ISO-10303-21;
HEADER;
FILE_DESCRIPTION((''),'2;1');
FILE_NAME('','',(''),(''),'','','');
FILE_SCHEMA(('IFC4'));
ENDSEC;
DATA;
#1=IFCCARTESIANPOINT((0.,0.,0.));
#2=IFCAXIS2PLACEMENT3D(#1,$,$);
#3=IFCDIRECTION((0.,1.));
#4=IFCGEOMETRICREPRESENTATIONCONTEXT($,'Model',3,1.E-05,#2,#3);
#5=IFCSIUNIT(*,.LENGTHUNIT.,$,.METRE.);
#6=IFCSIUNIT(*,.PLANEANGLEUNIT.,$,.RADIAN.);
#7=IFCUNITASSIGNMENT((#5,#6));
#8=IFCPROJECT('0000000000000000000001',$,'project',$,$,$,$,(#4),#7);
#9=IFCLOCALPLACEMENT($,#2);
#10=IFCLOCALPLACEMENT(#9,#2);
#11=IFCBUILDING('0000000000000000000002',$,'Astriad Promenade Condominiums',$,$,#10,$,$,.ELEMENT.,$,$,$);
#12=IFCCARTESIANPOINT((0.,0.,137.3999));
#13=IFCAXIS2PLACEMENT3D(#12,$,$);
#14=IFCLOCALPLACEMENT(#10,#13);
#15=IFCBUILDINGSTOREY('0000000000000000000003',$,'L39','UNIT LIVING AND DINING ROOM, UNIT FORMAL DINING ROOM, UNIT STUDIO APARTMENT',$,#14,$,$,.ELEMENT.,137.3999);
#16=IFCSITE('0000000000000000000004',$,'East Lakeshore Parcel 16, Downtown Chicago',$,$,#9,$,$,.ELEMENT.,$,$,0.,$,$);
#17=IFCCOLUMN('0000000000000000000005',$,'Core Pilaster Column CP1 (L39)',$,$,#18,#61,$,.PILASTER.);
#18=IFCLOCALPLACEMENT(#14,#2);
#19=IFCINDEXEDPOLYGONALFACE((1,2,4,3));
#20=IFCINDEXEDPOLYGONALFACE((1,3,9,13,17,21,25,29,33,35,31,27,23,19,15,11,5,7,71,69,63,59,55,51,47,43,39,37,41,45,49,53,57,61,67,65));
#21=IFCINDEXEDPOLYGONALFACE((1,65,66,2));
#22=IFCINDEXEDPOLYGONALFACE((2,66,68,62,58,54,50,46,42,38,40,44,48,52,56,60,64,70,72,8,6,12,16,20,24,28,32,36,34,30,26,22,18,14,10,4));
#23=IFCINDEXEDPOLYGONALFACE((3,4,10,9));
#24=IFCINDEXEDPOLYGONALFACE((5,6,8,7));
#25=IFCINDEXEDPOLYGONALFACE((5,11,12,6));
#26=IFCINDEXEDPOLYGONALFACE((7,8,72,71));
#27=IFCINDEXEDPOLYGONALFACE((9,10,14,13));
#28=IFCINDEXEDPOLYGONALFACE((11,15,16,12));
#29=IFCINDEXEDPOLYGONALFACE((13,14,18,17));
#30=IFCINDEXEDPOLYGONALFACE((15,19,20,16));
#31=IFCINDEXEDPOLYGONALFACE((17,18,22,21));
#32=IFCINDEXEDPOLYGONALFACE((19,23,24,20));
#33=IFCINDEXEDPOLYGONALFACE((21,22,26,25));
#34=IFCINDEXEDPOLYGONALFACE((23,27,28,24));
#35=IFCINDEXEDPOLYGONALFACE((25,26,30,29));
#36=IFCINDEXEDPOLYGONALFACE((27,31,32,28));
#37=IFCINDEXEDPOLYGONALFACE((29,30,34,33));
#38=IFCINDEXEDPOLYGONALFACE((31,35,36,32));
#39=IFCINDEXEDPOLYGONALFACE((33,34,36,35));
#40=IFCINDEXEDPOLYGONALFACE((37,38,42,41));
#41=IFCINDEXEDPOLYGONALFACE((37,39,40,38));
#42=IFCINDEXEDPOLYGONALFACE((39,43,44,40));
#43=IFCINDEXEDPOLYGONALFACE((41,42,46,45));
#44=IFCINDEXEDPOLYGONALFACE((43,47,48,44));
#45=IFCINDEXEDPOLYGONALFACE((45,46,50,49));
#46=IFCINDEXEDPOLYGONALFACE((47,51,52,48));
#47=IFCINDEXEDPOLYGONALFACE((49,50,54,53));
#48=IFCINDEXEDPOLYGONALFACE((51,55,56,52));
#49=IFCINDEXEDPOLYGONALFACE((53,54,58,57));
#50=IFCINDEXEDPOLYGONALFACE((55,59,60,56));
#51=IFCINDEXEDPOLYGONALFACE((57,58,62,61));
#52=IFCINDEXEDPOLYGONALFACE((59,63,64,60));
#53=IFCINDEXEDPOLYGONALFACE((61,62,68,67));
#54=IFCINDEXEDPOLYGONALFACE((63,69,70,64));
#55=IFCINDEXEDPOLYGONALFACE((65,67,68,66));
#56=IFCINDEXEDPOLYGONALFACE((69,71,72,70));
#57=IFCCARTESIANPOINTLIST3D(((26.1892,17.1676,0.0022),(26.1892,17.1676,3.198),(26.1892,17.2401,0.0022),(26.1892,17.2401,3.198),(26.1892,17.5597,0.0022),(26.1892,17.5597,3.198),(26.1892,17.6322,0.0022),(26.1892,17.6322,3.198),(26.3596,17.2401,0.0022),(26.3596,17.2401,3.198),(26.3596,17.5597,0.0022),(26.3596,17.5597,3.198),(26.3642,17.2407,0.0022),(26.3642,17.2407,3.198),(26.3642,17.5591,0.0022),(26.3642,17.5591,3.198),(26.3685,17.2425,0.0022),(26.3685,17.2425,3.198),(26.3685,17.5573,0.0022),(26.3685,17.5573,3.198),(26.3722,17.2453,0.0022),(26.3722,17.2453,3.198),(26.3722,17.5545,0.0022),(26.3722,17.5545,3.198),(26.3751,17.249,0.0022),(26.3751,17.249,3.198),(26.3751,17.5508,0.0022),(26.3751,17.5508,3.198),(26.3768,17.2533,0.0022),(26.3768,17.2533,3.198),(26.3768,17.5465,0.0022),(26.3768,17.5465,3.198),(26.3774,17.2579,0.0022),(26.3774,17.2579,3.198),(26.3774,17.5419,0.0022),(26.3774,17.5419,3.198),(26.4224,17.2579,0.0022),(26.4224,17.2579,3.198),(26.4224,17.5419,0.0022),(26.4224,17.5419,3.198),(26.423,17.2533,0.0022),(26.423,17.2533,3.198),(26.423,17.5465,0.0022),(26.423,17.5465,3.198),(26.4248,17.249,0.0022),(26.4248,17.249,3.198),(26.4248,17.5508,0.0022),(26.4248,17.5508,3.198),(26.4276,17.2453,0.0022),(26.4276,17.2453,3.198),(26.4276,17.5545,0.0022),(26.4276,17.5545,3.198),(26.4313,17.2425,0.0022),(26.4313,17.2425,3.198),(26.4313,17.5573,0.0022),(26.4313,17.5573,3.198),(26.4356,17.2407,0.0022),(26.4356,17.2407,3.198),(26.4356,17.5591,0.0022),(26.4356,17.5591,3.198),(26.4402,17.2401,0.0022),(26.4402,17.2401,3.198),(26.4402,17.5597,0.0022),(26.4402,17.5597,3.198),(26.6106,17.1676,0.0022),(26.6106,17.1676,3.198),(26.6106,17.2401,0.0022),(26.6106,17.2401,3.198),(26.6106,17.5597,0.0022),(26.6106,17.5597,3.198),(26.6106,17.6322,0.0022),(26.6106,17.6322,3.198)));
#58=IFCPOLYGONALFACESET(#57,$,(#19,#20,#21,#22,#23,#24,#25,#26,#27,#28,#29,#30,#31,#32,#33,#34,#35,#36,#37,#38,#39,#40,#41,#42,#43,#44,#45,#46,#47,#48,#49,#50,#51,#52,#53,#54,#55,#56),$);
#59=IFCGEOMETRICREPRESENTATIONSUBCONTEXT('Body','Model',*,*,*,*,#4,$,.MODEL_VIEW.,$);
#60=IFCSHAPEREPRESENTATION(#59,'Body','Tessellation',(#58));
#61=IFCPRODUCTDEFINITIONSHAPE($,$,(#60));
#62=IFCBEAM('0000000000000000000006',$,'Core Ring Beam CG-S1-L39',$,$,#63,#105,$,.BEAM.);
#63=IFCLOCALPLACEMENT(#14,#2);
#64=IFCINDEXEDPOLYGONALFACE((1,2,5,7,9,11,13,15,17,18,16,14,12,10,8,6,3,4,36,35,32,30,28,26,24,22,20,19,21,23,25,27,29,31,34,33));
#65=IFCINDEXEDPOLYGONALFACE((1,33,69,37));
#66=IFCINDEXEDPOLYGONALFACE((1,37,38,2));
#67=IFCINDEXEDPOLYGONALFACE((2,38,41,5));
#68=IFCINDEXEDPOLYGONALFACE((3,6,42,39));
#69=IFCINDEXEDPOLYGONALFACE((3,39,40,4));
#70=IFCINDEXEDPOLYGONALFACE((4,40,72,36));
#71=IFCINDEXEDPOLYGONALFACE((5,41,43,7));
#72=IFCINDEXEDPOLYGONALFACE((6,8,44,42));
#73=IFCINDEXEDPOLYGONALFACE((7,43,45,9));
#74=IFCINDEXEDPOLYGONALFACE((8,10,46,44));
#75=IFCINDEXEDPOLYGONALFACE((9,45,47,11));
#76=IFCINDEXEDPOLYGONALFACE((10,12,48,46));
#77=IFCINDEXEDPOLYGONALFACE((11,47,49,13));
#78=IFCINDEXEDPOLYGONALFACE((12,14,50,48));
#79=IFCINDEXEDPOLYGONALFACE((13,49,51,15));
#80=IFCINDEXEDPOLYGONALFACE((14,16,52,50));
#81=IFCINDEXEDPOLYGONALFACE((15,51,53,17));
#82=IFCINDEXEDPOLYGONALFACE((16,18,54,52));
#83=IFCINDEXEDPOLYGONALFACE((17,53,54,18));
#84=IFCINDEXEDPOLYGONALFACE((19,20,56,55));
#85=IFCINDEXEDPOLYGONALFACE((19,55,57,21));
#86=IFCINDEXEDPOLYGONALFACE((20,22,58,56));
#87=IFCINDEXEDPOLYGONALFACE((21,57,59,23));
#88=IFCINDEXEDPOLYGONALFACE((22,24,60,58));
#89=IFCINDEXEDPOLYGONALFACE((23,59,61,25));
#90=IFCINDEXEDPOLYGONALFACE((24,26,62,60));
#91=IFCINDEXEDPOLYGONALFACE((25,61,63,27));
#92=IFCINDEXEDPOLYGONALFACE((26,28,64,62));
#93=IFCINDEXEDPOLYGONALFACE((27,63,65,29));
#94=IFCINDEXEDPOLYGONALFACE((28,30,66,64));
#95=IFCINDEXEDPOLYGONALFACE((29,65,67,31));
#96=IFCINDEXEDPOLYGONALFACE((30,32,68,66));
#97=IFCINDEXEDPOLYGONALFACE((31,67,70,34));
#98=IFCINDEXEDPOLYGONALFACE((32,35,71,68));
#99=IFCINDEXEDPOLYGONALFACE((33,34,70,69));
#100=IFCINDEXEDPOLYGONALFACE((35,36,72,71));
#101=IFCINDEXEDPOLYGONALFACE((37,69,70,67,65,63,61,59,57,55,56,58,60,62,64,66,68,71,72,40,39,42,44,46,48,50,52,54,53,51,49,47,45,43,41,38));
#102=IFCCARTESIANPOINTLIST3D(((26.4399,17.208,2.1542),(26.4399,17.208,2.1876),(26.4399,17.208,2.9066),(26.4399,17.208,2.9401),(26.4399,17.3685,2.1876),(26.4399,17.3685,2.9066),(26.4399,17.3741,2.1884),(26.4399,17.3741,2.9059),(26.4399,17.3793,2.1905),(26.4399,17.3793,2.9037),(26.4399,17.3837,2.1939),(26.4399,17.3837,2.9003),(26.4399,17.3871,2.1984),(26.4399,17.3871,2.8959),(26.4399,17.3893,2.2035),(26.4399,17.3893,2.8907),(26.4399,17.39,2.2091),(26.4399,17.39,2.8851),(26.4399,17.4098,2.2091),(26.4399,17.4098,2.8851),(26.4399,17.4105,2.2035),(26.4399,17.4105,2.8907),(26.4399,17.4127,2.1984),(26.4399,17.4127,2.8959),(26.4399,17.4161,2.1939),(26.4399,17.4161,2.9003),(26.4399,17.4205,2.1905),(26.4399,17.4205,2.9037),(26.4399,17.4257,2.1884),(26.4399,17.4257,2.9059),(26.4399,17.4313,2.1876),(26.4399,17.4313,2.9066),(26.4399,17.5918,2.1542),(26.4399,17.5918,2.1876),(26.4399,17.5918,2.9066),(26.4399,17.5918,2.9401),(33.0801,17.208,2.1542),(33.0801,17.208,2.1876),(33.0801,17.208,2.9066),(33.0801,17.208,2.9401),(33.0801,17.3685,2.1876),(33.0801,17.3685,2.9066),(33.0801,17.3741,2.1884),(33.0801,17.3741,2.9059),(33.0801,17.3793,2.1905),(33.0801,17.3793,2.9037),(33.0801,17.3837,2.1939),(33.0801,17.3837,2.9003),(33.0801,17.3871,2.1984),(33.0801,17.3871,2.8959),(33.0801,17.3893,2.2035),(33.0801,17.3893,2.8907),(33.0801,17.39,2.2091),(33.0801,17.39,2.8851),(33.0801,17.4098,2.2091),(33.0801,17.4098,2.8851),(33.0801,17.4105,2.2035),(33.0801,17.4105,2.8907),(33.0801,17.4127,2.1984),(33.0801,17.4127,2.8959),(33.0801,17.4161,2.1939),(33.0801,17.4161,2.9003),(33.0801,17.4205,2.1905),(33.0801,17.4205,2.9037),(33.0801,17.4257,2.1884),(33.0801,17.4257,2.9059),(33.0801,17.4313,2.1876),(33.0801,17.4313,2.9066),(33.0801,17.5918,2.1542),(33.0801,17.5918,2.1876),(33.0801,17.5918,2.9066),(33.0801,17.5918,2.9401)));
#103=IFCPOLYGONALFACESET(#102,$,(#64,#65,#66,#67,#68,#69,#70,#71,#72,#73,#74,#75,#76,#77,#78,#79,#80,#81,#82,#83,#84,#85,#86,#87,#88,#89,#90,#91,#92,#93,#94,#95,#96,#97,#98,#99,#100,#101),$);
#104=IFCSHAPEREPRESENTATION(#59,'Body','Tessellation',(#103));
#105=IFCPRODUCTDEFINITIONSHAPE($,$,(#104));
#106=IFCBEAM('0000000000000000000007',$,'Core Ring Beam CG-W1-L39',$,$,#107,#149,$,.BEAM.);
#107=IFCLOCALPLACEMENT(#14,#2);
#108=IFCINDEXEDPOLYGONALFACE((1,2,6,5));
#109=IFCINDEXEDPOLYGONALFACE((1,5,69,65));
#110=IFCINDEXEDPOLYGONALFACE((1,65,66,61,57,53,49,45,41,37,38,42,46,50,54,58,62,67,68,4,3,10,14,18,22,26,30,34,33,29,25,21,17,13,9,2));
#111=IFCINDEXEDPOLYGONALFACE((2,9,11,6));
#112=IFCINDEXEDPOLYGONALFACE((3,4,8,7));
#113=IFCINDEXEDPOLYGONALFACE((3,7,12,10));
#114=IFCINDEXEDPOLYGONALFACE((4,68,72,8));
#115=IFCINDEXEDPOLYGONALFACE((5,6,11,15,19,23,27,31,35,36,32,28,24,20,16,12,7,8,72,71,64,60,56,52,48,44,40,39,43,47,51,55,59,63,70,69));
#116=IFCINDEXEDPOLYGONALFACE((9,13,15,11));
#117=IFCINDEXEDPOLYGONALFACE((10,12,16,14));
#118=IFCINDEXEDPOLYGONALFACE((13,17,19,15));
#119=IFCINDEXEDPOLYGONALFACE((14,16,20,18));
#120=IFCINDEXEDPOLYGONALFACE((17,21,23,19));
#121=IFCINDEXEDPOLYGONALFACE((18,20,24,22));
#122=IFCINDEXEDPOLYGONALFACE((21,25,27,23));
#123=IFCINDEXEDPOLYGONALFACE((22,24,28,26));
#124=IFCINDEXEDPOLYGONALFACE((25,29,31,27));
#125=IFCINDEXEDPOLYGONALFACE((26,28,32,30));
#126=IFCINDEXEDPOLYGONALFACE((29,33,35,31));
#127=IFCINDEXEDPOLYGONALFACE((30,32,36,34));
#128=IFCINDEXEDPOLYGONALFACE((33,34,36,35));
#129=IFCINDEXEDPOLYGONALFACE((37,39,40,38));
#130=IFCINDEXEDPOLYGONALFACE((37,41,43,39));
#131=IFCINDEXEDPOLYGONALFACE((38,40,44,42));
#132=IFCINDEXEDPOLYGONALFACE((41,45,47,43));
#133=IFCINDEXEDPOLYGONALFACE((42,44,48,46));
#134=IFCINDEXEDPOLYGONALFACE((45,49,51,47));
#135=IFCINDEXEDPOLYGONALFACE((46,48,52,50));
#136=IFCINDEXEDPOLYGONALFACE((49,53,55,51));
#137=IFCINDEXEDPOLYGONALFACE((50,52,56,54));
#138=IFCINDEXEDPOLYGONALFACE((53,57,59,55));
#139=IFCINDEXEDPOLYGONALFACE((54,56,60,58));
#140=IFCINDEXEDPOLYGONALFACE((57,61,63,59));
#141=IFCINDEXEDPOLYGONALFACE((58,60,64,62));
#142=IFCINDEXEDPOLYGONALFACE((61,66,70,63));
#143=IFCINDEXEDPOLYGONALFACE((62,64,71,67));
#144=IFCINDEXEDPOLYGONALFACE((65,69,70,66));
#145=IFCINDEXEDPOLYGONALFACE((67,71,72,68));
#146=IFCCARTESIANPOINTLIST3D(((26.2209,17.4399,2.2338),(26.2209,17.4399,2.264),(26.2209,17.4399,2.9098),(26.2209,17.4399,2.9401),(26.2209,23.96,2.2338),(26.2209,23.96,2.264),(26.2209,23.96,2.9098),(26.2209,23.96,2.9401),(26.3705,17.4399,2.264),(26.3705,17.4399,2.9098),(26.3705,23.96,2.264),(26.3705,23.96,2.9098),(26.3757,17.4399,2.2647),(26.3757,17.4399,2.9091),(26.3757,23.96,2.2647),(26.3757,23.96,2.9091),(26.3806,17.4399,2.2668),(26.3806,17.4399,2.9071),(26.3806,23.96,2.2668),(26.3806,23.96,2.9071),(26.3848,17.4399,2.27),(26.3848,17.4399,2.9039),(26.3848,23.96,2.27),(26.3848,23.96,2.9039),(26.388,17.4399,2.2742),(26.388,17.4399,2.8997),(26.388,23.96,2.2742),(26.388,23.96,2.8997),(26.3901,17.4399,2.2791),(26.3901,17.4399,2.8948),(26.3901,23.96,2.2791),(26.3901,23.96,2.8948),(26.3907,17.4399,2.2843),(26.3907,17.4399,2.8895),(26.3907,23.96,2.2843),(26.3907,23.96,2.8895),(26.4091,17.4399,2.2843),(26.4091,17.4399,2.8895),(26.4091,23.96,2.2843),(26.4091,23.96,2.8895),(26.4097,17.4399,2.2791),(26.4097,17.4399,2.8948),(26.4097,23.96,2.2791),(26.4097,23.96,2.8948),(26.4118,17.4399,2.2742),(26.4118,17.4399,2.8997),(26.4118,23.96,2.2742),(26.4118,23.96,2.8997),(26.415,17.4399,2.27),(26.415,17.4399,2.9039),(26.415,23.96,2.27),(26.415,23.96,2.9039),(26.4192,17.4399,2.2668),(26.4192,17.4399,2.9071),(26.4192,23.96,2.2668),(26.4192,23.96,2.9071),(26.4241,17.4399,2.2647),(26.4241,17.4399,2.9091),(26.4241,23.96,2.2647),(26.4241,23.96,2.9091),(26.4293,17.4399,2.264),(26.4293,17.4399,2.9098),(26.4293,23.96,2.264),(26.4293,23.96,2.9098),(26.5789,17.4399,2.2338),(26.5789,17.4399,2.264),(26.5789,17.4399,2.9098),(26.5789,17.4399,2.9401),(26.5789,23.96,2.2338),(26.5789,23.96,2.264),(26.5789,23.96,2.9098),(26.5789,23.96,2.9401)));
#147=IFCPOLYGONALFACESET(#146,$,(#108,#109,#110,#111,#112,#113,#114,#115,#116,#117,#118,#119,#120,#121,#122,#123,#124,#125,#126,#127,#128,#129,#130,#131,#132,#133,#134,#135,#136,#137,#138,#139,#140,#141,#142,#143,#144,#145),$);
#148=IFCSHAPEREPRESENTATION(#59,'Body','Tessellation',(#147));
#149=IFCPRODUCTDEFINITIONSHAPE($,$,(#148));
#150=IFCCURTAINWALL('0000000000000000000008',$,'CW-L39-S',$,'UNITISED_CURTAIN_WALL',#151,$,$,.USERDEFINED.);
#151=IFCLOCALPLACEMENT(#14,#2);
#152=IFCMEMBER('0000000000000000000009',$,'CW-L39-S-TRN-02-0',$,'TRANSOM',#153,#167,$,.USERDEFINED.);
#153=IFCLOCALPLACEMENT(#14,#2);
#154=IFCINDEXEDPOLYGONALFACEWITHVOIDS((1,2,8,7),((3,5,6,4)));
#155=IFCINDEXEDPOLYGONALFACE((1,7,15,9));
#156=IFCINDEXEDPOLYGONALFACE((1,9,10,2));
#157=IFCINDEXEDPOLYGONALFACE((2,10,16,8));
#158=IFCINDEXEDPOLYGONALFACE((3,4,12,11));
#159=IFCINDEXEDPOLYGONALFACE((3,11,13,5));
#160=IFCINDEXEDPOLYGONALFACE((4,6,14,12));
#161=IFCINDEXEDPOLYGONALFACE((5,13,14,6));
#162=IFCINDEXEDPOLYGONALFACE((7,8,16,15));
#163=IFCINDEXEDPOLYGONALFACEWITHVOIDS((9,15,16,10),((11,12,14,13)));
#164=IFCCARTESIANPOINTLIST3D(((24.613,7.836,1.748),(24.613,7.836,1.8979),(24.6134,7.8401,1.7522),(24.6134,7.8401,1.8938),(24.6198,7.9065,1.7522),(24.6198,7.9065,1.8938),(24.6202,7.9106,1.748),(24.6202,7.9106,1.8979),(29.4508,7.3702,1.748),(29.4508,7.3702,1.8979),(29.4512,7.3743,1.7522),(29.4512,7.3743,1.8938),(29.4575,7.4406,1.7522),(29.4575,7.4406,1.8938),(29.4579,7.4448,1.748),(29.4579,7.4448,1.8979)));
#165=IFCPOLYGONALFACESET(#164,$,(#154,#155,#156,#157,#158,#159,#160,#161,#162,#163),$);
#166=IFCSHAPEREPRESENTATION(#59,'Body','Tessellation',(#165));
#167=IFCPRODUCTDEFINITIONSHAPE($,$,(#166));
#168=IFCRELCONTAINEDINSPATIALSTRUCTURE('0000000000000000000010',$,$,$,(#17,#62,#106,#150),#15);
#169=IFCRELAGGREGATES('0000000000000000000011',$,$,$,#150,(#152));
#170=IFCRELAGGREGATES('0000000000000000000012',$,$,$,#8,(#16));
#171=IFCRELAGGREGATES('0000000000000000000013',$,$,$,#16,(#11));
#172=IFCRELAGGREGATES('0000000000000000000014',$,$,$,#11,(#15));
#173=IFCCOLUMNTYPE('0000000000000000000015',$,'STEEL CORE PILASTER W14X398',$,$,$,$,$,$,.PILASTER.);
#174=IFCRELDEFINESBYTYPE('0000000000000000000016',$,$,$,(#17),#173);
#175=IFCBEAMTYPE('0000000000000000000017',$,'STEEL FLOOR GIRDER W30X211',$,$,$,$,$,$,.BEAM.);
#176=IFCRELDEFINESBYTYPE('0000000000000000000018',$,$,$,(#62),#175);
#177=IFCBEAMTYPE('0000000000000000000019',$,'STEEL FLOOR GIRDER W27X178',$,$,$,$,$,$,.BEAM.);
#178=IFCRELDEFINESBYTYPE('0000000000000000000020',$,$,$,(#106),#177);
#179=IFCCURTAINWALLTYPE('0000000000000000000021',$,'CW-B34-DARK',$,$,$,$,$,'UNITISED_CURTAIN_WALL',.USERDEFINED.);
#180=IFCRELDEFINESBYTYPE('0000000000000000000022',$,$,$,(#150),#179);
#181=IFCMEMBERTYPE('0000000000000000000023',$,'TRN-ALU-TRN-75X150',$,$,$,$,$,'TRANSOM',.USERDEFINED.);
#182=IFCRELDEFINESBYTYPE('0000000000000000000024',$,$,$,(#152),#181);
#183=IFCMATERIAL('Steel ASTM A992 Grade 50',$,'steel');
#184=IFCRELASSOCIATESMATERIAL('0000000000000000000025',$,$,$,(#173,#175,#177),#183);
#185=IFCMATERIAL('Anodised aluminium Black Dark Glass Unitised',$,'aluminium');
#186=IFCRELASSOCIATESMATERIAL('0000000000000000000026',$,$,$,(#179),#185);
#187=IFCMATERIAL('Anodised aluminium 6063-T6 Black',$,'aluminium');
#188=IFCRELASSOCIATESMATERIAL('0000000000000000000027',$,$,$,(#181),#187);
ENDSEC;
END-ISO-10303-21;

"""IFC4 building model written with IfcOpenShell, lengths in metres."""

from ifc_helpers import new_model, si_unit, direction, frame, origin, origin_2d, place, context, subcontext, project, spatial, hollow_rectangle, i_section, extrude, source, transform, mapped, material, material_profile, profile_set, type_object, type_shapes, element, aggregate, save


model = new_model("IFC4")

# Units and contexts
model_context = context("Model", 3, precision=1e-05, world=origin(), true_north=direction((0.0, 1.0)))
body_context = subcontext(model_context, "Body", "Model", "MODEL_VIEW")
ifc_project = project(units=[si_unit("LENGTHUNIT", "METRE"), si_unit("PLANEANGLEUNIT", "RADIAN")], contexts=[model_context])

# Site, building, storey
site_placement = place(None, origin())
site = spatial("IfcSite", under=ifc_project, at=site_placement, Name="East Lakeshore Parcel 16, Downtown Chicago", CompositionType="ELEMENT", RefElevation=0.0)
building_placement = place(site_placement, origin())
building = spatial("IfcBuilding", under=site, at=building_placement, Name="Astriad Promenade Condominiums", CompositionType="ELEMENT")
storey_placement = place(building_placement, frame((0.0, 0.0, 137.3999)))
storey = spatial("IfcBuildingStorey", under=building, at=storey_placement, Name="L39", Description="UNIT LIVING AND DINING ROOM, UNIT FORMAL DINING ROOM, UNIT STUDIO APARTMENT", CompositionType="ELEMENT", Elevation=137.3999)

# Column
ifc_material_1 = material(Name="Steel ASTM A992 Grade 50", Category="steel")
ifc_material_profile_1 = material_profile(ifc_material_1, i_section(OverallWidth=0.4214, OverallDepth=0.4646, WebThickness=0.0449, FlangeThickness=0.0725, FilletRadius=0.0178, at=origin_2d()), Name="W14X398")
ifc_profile_set_1 = profile_set([ifc_material_profile_1], Name="Steel ASTM A992 Grade 50")
column_type = type_object("IfcColumnType", Name="STEEL CORE PILASTER W14X398", PredefinedType="PILASTER", material=ifc_profile_set_1)
shared_shape_1 = source(origin(), body_context, "Body", "SweptSolid", [
    extrude(i_section(OverallWidth=0.4214, OverallDepth=0.4646, WebThickness=0.0449, FlangeThickness=0.0725, FilletRadius=0.0178, at=origin_2d()), origin(), (0.0, 0.0, 1.0), 3.1958),
])
type_shapes(column_type, [shared_shape_1])
column_placement = place(storey_placement, frame((26.3999, 17.3999, 0.0022), z_axis=(0.0, 0.0, 1.0), x_axis=(1.0, 0.0, 0.0)))
element("IfcColumn", 1, at=column_placement, inside=storey, type_object=column_type, Name="Core Pilaster Column CP1 (L39)", PredefinedType="PILASTER", context=body_context, shape_type="MappedRepresentation", body=[
    mapped(shared_shape_1, transform((0.0, 0.0, 0.0), scale=1.0)),
])

# Beams
ifc_material_profile_2 = material_profile(ifc_material_1, i_section(OverallWidth=0.3838, OverallDepth=0.7859, WebThickness=0.0198, FlangeThickness=0.0334, FilletRadius=0.0215, at=origin_2d()), Name="W30X211")
ifc_profile_set_2 = profile_set([ifc_material_profile_2], Name="Steel ASTM A992 Grade 50")
beam_type_1 = type_object("IfcBeamType", Name="STEEL FLOOR GIRDER W30X211", PredefinedType="BEAM", material=ifc_profile_set_2)
shared_shape_2 = source(origin(), body_context, "Body", "SweptSolid", [
    extrude(i_section(OverallWidth=0.3838, OverallDepth=0.7859, WebThickness=0.0198, FlangeThickness=0.0334, FilletRadius=0.0215, at=origin_2d()), origin(), (0.0, 0.0, 1.0), 6.6401),
])
type_shapes(beam_type_1, [shared_shape_2])
beam_1_placement = place(storey_placement, frame((26.4399, 17.3999, 2.5471), z_axis=(1.0, 0.0, 0.0), x_axis=(0.0, 1.0, 0.0)))
element("IfcBeam", 2, at=beam_1_placement, inside=storey, type_object=beam_type_1, Name="Core Ring Beam CG-S1-L39", PredefinedType="BEAM", context=body_context, shape_type="MappedRepresentation", body=[
    mapped(shared_shape_2, transform((0.0, 0.0, 0.0), scale=1.0)),
])
ifc_material_profile_3 = material_profile(ifc_material_1, i_section(OverallWidth=0.3579, OverallDepth=0.7063, WebThickness=0.0183, FlangeThickness=0.0303, FilletRadius=0.0203, at=origin_2d()), Name="W27X178")
ifc_profile_set_3 = profile_set([ifc_material_profile_3], Name="Steel ASTM A992 Grade 50")
beam_type_2 = type_object("IfcBeamType", Name="STEEL FLOOR GIRDER W27X178", PredefinedType="BEAM", material=ifc_profile_set_3)
shared_shape_3 = source(origin(), body_context, "Body", "SweptSolid", [
    extrude(i_section(OverallWidth=0.3579, OverallDepth=0.7063, WebThickness=0.0183, FlangeThickness=0.0303, FilletRadius=0.0203, at=origin_2d()), origin(), (0.0, 0.0, 1.0), 6.52),
])
type_shapes(beam_type_2, [shared_shape_3])
beam_2_placement = place(storey_placement, frame((26.3999, 17.4399, 2.5869), z_axis=(0.0, 1.0, 0.0), x_axis=(-1.0, 0.0, 0.0)))
element("IfcBeam", 3, at=beam_2_placement, inside=storey, type_object=beam_type_2, Name="Core Ring Beam CG-W1-L39", PredefinedType="BEAM", context=body_context, shape_type="MappedRepresentation", body=[
    mapped(shared_shape_3, transform((0.0, 0.0, 0.0), scale=1.0)),
])

# Curtain wall, member
ifc_material_2 = material(Name="Anodised aluminium Black Dark Glass Unitised", Category="aluminium")
curtain_wall_type = type_object("IfcCurtainWallType", Name="CW-B34-DARK", ElementType="UNITISED_CURTAIN_WALL", PredefinedType="USERDEFINED", material=ifc_material_2)
curtain_wall_placement = place(storey_placement, origin())
curtain_wall = element("IfcCurtainWall", 4, at=curtain_wall_placement, inside=storey, type_object=curtain_wall_type, Name="CW-L39-S", ObjectType="UNITISED_CURTAIN_WALL", PredefinedType="USERDEFINED")
ifc_material_3 = material(Name="Anodised aluminium 6063-T6 Black", Category="aluminium")
ifc_material_profile_4 = material_profile(ifc_material_3, hollow_rectangle(XDim=0.075, YDim=0.1499, WallThickness=0.0042, at=origin_2d()), Name="ALU-TRN-75X150")
ifc_profile_set_4 = profile_set([ifc_material_profile_4], Name="Anodised aluminium 6063-T6 Black")
member_type_1 = type_object("IfcMemberType", Name="TRN-ALU-TRN-75X150", ElementType="TRANSOM", PredefinedType="USERDEFINED", material=ifc_profile_set_4)
shared_shape_4 = source(origin(), body_context, "Body", "SweptSolid", [
    extrude(hollow_rectangle(XDim=0.075, YDim=0.1499, WallThickness=0.0042, at=origin_2d()), origin(), (0.0, 0.0, 1.0), 4.8601),
])
type_shapes(member_type_1, [shared_shape_4])
member_1_placement = place(storey_placement, frame((29.4543, 7.4075, 1.823), z_axis=(-0.995396, 0.095847, 0.0), x_axis=(-0.095847, -0.995396, 0.0)))
member_1 = element("IfcMember", 5, at=member_1_placement, type_object=member_type_1, Name="CW-L39-S-TRN-02-0", ObjectType="TRANSOM", PredefinedType="USERDEFINED", context=body_context, shape_type="MappedRepresentation", body=[
    mapped(shared_shape_4, transform((0.0, 0.0, 0.0), scale=1.0)),
])
aggregate(curtain_wall, [member_1])

save(model, "model.ifc")
